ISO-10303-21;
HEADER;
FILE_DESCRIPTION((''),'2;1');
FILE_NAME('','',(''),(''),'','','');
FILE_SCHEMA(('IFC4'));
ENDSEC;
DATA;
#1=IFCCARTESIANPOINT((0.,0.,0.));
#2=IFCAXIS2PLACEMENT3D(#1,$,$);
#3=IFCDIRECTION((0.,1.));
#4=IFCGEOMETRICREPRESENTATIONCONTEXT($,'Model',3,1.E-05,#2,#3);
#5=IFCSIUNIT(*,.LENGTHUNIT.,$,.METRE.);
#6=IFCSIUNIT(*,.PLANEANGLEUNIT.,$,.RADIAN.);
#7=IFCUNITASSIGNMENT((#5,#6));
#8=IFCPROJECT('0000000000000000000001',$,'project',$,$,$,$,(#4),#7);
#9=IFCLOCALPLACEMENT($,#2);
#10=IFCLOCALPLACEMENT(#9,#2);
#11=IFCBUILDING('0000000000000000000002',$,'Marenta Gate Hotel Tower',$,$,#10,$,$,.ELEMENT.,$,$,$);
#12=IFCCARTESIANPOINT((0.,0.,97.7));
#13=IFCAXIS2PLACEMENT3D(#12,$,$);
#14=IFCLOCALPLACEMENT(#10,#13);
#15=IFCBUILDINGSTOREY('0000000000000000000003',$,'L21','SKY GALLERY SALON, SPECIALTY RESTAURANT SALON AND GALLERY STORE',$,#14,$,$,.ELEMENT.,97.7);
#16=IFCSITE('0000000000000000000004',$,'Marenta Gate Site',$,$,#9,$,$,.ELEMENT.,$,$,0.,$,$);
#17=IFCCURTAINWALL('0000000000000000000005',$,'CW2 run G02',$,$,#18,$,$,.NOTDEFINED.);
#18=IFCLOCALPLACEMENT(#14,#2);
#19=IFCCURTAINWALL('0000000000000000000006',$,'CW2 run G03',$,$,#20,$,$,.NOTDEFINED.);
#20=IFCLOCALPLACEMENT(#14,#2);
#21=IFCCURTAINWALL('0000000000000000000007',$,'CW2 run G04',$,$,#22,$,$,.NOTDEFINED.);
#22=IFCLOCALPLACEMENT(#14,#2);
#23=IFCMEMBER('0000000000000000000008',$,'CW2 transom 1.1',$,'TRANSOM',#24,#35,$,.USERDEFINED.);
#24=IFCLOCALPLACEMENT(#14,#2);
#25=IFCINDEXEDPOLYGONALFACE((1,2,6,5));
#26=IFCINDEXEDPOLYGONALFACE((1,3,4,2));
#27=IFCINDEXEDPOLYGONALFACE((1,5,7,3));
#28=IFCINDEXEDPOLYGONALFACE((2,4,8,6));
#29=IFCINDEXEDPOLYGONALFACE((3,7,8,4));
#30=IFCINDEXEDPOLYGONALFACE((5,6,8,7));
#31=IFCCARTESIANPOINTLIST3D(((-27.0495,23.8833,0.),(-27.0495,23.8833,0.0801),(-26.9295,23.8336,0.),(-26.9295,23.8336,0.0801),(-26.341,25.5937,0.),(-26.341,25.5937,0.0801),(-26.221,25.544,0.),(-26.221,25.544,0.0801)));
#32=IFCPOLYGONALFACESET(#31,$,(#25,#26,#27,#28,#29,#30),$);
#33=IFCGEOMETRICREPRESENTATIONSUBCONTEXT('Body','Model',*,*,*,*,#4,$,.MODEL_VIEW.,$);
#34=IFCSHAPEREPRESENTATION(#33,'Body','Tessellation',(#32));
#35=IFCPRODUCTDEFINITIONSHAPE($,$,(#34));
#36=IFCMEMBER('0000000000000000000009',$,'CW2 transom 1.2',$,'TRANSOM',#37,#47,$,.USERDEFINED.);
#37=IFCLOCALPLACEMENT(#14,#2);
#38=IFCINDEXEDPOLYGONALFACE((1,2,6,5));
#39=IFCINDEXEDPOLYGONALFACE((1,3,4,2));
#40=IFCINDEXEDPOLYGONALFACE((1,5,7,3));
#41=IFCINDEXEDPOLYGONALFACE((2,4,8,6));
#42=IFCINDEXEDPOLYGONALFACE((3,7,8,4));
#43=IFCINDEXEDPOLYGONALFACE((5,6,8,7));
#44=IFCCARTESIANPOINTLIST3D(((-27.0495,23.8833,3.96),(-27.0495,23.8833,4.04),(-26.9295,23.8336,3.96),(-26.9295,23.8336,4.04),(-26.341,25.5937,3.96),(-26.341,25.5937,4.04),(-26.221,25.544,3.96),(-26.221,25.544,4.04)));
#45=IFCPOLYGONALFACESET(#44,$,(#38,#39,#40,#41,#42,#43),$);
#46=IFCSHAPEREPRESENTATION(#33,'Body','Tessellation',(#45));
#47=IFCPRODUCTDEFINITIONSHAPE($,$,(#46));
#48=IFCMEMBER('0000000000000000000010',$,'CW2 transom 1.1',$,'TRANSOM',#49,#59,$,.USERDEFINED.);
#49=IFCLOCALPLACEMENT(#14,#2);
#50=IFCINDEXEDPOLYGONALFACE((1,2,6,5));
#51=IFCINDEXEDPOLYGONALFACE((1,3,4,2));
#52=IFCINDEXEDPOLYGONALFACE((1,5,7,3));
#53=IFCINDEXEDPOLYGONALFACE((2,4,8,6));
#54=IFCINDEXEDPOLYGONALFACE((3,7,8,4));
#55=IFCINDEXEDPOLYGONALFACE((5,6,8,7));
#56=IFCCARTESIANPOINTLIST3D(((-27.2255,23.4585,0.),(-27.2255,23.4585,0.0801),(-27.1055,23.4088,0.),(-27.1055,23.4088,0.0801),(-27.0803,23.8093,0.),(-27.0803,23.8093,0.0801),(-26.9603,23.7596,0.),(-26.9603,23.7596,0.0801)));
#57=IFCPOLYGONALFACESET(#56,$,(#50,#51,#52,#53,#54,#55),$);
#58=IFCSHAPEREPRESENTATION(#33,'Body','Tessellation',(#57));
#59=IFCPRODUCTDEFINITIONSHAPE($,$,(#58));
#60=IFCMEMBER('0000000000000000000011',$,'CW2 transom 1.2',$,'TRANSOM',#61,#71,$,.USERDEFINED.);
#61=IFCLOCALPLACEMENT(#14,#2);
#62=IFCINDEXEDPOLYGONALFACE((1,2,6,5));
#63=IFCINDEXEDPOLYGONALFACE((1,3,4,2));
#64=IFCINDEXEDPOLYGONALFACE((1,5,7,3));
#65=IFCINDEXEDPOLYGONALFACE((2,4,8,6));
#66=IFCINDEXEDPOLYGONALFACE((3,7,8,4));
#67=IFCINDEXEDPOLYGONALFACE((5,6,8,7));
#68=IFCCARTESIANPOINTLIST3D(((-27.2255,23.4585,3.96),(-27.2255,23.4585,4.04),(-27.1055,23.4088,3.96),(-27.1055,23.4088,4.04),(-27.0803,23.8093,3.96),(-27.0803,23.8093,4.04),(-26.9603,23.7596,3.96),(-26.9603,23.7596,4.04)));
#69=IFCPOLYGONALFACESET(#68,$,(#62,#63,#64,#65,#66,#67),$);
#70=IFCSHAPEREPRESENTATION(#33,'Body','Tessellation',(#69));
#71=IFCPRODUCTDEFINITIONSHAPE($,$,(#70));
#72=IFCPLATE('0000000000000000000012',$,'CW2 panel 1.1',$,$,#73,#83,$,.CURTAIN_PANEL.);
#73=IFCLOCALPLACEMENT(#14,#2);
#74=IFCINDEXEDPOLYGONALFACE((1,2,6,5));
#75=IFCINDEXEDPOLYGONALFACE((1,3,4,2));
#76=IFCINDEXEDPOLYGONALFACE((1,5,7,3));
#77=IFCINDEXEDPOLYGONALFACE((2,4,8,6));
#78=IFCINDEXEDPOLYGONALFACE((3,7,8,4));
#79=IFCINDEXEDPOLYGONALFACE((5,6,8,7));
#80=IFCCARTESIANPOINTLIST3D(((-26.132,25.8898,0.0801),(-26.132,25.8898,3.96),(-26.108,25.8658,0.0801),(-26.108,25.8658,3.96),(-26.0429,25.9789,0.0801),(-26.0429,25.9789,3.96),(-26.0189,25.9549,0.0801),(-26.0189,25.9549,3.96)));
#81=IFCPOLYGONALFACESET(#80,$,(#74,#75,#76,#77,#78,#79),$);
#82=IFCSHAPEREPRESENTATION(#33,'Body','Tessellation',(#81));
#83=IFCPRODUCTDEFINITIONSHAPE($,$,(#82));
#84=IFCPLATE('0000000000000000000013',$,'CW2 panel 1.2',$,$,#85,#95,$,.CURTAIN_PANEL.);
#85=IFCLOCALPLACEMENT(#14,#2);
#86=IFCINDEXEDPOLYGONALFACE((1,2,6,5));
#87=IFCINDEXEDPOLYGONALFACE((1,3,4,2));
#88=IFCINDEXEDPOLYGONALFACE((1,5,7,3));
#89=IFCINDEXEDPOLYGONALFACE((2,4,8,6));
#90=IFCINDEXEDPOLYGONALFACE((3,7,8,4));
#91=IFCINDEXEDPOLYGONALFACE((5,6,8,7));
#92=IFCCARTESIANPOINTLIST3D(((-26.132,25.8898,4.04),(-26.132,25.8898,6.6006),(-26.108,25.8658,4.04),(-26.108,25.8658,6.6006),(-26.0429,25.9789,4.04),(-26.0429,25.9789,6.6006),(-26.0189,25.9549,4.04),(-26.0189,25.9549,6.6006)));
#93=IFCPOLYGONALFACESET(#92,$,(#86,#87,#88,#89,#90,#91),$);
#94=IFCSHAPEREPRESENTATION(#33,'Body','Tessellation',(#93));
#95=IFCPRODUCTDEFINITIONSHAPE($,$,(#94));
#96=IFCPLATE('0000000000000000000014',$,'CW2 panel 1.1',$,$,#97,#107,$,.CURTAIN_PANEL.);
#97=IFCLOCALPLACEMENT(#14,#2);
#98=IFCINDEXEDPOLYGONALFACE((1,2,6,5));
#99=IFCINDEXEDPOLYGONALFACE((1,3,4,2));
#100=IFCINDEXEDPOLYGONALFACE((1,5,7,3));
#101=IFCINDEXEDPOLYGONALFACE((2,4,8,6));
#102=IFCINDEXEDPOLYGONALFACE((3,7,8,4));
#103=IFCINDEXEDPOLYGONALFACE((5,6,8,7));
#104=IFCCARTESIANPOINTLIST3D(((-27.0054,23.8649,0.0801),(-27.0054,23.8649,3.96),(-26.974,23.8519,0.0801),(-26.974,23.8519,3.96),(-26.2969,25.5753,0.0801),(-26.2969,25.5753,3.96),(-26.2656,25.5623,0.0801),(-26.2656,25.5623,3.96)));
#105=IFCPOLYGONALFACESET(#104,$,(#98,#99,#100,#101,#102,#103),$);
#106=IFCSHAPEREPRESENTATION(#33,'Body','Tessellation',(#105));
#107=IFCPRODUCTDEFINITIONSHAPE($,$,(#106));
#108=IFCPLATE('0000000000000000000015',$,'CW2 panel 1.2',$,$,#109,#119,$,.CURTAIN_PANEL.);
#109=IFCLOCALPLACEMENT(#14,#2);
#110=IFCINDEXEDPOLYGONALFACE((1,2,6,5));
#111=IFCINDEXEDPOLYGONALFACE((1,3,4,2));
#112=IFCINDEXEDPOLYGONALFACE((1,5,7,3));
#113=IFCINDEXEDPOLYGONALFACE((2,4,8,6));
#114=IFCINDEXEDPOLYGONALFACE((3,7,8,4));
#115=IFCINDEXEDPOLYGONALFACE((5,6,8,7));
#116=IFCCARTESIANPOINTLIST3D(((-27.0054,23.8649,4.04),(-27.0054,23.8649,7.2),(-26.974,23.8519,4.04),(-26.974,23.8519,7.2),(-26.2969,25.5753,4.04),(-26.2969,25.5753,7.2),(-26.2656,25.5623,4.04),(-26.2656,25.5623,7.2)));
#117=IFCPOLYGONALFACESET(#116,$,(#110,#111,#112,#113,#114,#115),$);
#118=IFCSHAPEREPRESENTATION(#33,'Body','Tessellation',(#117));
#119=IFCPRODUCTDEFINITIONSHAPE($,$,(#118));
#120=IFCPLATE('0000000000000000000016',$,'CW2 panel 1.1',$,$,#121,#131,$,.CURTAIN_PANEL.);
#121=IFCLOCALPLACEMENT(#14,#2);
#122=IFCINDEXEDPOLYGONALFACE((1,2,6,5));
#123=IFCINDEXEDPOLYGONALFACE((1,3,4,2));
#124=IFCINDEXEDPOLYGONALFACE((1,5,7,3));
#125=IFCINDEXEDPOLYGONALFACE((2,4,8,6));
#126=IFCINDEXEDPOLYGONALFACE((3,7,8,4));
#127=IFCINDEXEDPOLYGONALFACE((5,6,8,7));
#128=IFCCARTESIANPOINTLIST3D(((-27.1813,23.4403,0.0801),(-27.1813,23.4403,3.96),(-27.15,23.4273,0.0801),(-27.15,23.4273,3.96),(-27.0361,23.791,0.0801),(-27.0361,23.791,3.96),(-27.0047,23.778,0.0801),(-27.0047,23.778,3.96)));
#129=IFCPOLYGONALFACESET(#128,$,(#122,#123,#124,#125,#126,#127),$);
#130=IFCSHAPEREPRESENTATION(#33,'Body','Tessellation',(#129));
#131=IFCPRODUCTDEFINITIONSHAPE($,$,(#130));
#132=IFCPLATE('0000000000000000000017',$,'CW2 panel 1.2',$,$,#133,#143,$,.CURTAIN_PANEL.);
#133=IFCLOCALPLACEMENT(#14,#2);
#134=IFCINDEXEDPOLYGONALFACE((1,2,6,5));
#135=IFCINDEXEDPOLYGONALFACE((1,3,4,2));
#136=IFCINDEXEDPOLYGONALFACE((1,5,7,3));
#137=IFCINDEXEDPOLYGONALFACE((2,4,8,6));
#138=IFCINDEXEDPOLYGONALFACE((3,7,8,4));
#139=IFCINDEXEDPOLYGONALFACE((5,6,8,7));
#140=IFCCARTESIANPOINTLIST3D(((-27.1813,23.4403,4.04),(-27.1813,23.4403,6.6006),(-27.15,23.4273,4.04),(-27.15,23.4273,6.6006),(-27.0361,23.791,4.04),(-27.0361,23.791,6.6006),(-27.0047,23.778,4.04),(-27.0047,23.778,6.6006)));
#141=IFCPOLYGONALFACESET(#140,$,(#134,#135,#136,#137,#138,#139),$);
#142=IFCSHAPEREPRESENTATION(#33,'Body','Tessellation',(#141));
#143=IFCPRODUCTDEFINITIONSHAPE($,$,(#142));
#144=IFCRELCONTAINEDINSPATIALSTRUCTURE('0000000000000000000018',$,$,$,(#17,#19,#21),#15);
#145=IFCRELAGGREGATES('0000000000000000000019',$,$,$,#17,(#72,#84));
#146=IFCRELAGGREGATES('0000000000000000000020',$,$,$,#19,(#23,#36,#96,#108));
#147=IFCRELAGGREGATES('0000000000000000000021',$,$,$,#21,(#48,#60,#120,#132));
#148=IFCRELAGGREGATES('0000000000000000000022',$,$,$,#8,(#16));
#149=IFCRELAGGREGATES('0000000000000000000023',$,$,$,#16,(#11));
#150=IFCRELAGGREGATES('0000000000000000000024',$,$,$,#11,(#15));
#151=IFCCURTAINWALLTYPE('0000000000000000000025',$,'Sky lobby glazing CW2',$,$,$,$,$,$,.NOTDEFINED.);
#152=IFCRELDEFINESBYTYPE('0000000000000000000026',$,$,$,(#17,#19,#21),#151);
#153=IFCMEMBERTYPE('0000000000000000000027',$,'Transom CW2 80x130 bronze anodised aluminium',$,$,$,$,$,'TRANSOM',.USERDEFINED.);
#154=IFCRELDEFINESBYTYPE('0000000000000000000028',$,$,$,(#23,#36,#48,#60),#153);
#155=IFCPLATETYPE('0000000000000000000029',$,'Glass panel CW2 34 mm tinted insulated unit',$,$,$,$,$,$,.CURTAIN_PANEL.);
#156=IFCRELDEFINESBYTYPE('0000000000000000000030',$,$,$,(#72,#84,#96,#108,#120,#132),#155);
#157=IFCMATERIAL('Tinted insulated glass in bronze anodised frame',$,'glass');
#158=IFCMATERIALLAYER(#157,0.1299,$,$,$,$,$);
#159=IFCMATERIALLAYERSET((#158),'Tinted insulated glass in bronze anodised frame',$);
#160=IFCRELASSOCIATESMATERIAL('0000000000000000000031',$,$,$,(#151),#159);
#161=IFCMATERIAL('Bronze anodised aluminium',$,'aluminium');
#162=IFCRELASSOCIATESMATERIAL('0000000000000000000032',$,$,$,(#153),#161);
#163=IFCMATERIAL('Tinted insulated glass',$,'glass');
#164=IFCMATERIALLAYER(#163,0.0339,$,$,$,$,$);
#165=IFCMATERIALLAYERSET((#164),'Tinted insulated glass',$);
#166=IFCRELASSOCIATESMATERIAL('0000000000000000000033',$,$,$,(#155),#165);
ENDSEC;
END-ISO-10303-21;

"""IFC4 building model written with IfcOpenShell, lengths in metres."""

from ifc_helpers import new_model, si_unit, direction, frame, origin, origin_2d, place, context, subcontext, project, spatial, rectangle, extrude, material, layer, layer_set, material_profile, profile_set, type_object, element, aggregate, save


model = new_model("IFC4")

# Units and contexts
model_context = context("Model", 3, precision=1e-05, world=origin(), true_north=direction((0.0, 1.0)))
body_context = subcontext(model_context, "Body", "Model", "MODEL_VIEW")
ifc_project = project(units=[si_unit("LENGTHUNIT", "METRE"), si_unit("PLANEANGLEUNIT", "RADIAN")], contexts=[model_context])

# Site, building, storey
site_placement = place(None, origin())
site = spatial("IfcSite", under=ifc_project, at=site_placement, Name="Marenta Gate Site", CompositionType="ELEMENT", RefElevation=0.0)
building_placement = place(site_placement, origin())
building = spatial("IfcBuilding", under=site, at=building_placement, Name="Marenta Gate Hotel Tower", CompositionType="ELEMENT")
storey_placement = place(building_placement, frame((0.0, 0.0, 97.7)))
storey = spatial("IfcBuildingStorey", under=building, at=storey_placement, Name="L21", Description="SKY GALLERY SALON, SPECIALTY RESTAURANT SALON AND GALLERY STORE", CompositionType="ELEMENT", Elevation=97.7)

# Curtain wall
ifc_material_1 = material(Name="Tinted insulated glass in bronze anodised frame", Category="glass")
ifc_layer_1 = layer(ifc_material_1, 0.1299)
ifc_layer_set_1 = layer_set([ifc_layer_1], Name="Tinted insulated glass in bronze anodised frame")
curtain_wall_type = type_object("IfcCurtainWallType", Name="Sky lobby glazing CW2", PredefinedType="NOTDEFINED", material=ifc_layer_set_1)
curtain_wall_1_placement = place(storey_placement, origin())
curtain_wall_1 = element("IfcCurtainWall", 1, at=curtain_wall_1_placement, inside=storey, type_object=curtain_wall_type, Name="CW2 run G02", PredefinedType="NOTDEFINED")

# Curtain walls
curtain_wall_2_placement = place(storey_placement, origin())
curtain_wall_2 = element("IfcCurtainWall", 2, at=curtain_wall_2_placement, inside=storey, type_object=curtain_wall_type, Name="CW2 run G03", PredefinedType="NOTDEFINED")
curtain_wall_3_placement = place(storey_placement, origin())
curtain_wall_3 = element("IfcCurtainWall", 3, at=curtain_wall_3_placement, inside=storey, type_object=curtain_wall_type, Name="CW2 run G04", PredefinedType="NOTDEFINED")

# Members
ifc_material_2 = material(Name="Bronze anodised aluminium", Category="aluminium")
ifc_material_profile_1 = material_profile(ifc_material_2, rectangle(XDim=0.1299, YDim=0.0801, at=origin_2d()), Name="Transom CW2 80x130 bronze anodised aluminium")
ifc_profile_set_1 = profile_set([ifc_material_profile_1], Name="Bronze anodised aluminium")
member_type_1 = type_object("IfcMemberType", Name="Transom CW2 80x130 bronze anodised aluminium", ElementType="TRANSOM", PredefinedType="USERDEFINED", material=ifc_profile_set_1)
member_1_placement = place(storey_placement, frame((-26.281, 25.5688, 0.04), z_axis=(-0.382686, -0.923879, 0.0), x_axis=(0.923879, -0.382686, 0.0)))
member_1 = element("IfcMember", 4, at=member_1_placement, type_object=member_type_1, Name="CW2 transom 1.1", ObjectType="TRANSOM", PredefinedType="USERDEFINED", context=body_context, shape_type="SweptSolid", body=[
    extrude(rectangle(XDim=0.1299, YDim=0.0801, at=origin_2d()), origin(), (0.0, 0.0, 1.0), 1.8513),
])
member_2_placement = place(storey_placement, frame((-26.281, 25.5688, 4.0), z_axis=(-0.382686, -0.923879, 0.0), x_axis=(0.923879, -0.382686, 0.0)))
member_2 = element("IfcMember", 5, at=member_2_placement, type_object=member_type_1, Name="CW2 transom 1.2", ObjectType="TRANSOM", PredefinedType="USERDEFINED", context=body_context, shape_type="SweptSolid", body=[
    extrude(rectangle(XDim=0.1299, YDim=0.0801, at=origin_2d()), origin(), (0.0, 0.0, 1.0), 1.8513),
])
member_3_placement = place(storey_placement, frame((-27.0203, 23.7844, 0.04), z_axis=(-0.38256, -0.923931, 0.0), x_axis=(0.923931, -0.38256, 0.0)))
member_3 = element("IfcMember", 6, at=member_3_placement, type_object=member_type_1, Name="CW2 transom 1.1", ObjectType="TRANSOM", PredefinedType="USERDEFINED", context=body_context, shape_type="SweptSolid", body=[
    extrude(rectangle(XDim=0.1299, YDim=0.0801, at=origin_2d()), origin(), (0.0, 0.0, 1.0), 0.3796),
])
member_4_placement = place(storey_placement, frame((-27.0203, 23.7844, 4.0), z_axis=(-0.38256, -0.923931, 0.0), x_axis=(0.923931, -0.38256, 0.0)))
member_4 = element("IfcMember", 7, at=member_4_placement, type_object=member_type_1, Name="CW2 transom 1.2", ObjectType="TRANSOM", PredefinedType="USERDEFINED", context=body_context, shape_type="SweptSolid", body=[
    extrude(rectangle(XDim=0.1299, YDim=0.0801, at=origin_2d()), origin(), (0.0, 0.0, 1.0), 0.3796),
])

# Plates
ifc_material_3 = material(Name="Tinted insulated glass", Category="glass")
ifc_layer_2 = layer(ifc_material_3, 0.0339)
ifc_layer_set_2 = layer_set([ifc_layer_2], Name="Tinted insulated glass")
plate_type = type_object("IfcPlateType", Name="Glass panel CW2 34 mm tinted insulated unit", PredefinedType="CURTAIN_PANEL", material=ifc_layer_set_2)
plate_1_placement = place(storey_placement, frame((-26.0754, 25.9224, 0.0801), z_axis=(0.0, 0.0, 1.0), x_axis=(-0.707107, -0.707107, 0.0)))
plate_1 = element("IfcPlate", 8, at=plate_1_placement, type_object=plate_type, Name="CW2 panel 1.1", PredefinedType="CURTAIN_PANEL", context=body_context, shape_type="SweptSolid", body=[
    extrude(rectangle(XDim=0.126, YDim=0.0339, at=origin_2d()), origin(), (0.0, 0.0, 1.0), 3.8799),
])
plate_2_placement = place(storey_placement, frame((-26.0754, 25.9224, 4.04), z_axis=(0.0, 0.0, 1.0), x_axis=(-0.707107, -0.707107, 0.0)))
plate_2 = element("IfcPlate", 9, at=plate_2_placement, type_object=plate_type, Name="CW2 panel 1.2", PredefinedType="CURTAIN_PANEL", context=body_context, shape_type="SweptSolid", body=[
    extrude(rectangle(XDim=0.126, YDim=0.0339, at=origin_2d()), origin(), (0.0, 0.0, 1.0), 2.5605),
])
aggregate(curtain_wall_1, [plate_1, plate_2])
plate_3_placement = place(storey_placement, frame((-26.6355, 24.7136, 0.0801), z_axis=(0.0, 0.0, 1.0), x_axis=(-0.382673, -0.923884, 0.0)))
plate_3 = element("IfcPlate", 10, at=plate_3_placement, type_object=plate_type, Name="CW2 panel 1.1", PredefinedType="CURTAIN_PANEL", context=body_context, shape_type="SweptSolid", body=[
    extrude(rectangle(XDim=1.8513, YDim=0.0339, at=origin_2d()), origin(), (0.0, 0.0, 1.0), 3.8799),
])
plate_4_placement = place(storey_placement, frame((-26.6355, 24.7136, 4.04), z_axis=(0.0, 0.0, 1.0), x_axis=(-0.382673, -0.923884, 0.0)))
plate_4 = element("IfcPlate", 11, at=plate_4_placement, type_object=plate_type, Name="CW2 panel 1.2", PredefinedType="CURTAIN_PANEL", context=body_context, shape_type="SweptSolid", body=[
    extrude(rectangle(XDim=1.8513, YDim=0.0339, at=origin_2d()), origin(), (0.0, 0.0, 1.0), 3.1599),
])
aggregate(curtain_wall_2, [member_1, member_2, plate_3, plate_4])
plate_5_placement = place(storey_placement, frame((-27.093, 23.6091, 0.0801), z_axis=(0.0, 0.0, 1.0), x_axis=(-0.382653, -0.923892, 0.0)))
plate_5 = element("IfcPlate", 12, at=plate_5_placement, type_object=plate_type, Name="CW2 panel 1.1", PredefinedType="CURTAIN_PANEL", context=body_context, shape_type="SweptSolid", body=[
    extrude(rectangle(XDim=0.3796, YDim=0.0339, at=origin_2d()), origin(), (0.0, 0.0, 1.0), 3.8799),
])
plate_6_placement = place(storey_placement, frame((-27.093, 23.6091, 4.04), z_axis=(0.0, 0.0, 1.0), x_axis=(-0.382653, -0.923892, 0.0)))
plate_6 = element("IfcPlate", 13, at=plate_6_placement, type_object=plate_type, Name="CW2 panel 1.2", PredefinedType="CURTAIN_PANEL", context=body_context, shape_type="SweptSolid", body=[
    extrude(rectangle(XDim=0.3796, YDim=0.0339, at=origin_2d()), origin(), (0.0, 0.0, 1.0), 2.5605),
])
aggregate(curtain_wall_3, [member_3, member_4, plate_5, plate_6])

save(model, "model.ifc")
